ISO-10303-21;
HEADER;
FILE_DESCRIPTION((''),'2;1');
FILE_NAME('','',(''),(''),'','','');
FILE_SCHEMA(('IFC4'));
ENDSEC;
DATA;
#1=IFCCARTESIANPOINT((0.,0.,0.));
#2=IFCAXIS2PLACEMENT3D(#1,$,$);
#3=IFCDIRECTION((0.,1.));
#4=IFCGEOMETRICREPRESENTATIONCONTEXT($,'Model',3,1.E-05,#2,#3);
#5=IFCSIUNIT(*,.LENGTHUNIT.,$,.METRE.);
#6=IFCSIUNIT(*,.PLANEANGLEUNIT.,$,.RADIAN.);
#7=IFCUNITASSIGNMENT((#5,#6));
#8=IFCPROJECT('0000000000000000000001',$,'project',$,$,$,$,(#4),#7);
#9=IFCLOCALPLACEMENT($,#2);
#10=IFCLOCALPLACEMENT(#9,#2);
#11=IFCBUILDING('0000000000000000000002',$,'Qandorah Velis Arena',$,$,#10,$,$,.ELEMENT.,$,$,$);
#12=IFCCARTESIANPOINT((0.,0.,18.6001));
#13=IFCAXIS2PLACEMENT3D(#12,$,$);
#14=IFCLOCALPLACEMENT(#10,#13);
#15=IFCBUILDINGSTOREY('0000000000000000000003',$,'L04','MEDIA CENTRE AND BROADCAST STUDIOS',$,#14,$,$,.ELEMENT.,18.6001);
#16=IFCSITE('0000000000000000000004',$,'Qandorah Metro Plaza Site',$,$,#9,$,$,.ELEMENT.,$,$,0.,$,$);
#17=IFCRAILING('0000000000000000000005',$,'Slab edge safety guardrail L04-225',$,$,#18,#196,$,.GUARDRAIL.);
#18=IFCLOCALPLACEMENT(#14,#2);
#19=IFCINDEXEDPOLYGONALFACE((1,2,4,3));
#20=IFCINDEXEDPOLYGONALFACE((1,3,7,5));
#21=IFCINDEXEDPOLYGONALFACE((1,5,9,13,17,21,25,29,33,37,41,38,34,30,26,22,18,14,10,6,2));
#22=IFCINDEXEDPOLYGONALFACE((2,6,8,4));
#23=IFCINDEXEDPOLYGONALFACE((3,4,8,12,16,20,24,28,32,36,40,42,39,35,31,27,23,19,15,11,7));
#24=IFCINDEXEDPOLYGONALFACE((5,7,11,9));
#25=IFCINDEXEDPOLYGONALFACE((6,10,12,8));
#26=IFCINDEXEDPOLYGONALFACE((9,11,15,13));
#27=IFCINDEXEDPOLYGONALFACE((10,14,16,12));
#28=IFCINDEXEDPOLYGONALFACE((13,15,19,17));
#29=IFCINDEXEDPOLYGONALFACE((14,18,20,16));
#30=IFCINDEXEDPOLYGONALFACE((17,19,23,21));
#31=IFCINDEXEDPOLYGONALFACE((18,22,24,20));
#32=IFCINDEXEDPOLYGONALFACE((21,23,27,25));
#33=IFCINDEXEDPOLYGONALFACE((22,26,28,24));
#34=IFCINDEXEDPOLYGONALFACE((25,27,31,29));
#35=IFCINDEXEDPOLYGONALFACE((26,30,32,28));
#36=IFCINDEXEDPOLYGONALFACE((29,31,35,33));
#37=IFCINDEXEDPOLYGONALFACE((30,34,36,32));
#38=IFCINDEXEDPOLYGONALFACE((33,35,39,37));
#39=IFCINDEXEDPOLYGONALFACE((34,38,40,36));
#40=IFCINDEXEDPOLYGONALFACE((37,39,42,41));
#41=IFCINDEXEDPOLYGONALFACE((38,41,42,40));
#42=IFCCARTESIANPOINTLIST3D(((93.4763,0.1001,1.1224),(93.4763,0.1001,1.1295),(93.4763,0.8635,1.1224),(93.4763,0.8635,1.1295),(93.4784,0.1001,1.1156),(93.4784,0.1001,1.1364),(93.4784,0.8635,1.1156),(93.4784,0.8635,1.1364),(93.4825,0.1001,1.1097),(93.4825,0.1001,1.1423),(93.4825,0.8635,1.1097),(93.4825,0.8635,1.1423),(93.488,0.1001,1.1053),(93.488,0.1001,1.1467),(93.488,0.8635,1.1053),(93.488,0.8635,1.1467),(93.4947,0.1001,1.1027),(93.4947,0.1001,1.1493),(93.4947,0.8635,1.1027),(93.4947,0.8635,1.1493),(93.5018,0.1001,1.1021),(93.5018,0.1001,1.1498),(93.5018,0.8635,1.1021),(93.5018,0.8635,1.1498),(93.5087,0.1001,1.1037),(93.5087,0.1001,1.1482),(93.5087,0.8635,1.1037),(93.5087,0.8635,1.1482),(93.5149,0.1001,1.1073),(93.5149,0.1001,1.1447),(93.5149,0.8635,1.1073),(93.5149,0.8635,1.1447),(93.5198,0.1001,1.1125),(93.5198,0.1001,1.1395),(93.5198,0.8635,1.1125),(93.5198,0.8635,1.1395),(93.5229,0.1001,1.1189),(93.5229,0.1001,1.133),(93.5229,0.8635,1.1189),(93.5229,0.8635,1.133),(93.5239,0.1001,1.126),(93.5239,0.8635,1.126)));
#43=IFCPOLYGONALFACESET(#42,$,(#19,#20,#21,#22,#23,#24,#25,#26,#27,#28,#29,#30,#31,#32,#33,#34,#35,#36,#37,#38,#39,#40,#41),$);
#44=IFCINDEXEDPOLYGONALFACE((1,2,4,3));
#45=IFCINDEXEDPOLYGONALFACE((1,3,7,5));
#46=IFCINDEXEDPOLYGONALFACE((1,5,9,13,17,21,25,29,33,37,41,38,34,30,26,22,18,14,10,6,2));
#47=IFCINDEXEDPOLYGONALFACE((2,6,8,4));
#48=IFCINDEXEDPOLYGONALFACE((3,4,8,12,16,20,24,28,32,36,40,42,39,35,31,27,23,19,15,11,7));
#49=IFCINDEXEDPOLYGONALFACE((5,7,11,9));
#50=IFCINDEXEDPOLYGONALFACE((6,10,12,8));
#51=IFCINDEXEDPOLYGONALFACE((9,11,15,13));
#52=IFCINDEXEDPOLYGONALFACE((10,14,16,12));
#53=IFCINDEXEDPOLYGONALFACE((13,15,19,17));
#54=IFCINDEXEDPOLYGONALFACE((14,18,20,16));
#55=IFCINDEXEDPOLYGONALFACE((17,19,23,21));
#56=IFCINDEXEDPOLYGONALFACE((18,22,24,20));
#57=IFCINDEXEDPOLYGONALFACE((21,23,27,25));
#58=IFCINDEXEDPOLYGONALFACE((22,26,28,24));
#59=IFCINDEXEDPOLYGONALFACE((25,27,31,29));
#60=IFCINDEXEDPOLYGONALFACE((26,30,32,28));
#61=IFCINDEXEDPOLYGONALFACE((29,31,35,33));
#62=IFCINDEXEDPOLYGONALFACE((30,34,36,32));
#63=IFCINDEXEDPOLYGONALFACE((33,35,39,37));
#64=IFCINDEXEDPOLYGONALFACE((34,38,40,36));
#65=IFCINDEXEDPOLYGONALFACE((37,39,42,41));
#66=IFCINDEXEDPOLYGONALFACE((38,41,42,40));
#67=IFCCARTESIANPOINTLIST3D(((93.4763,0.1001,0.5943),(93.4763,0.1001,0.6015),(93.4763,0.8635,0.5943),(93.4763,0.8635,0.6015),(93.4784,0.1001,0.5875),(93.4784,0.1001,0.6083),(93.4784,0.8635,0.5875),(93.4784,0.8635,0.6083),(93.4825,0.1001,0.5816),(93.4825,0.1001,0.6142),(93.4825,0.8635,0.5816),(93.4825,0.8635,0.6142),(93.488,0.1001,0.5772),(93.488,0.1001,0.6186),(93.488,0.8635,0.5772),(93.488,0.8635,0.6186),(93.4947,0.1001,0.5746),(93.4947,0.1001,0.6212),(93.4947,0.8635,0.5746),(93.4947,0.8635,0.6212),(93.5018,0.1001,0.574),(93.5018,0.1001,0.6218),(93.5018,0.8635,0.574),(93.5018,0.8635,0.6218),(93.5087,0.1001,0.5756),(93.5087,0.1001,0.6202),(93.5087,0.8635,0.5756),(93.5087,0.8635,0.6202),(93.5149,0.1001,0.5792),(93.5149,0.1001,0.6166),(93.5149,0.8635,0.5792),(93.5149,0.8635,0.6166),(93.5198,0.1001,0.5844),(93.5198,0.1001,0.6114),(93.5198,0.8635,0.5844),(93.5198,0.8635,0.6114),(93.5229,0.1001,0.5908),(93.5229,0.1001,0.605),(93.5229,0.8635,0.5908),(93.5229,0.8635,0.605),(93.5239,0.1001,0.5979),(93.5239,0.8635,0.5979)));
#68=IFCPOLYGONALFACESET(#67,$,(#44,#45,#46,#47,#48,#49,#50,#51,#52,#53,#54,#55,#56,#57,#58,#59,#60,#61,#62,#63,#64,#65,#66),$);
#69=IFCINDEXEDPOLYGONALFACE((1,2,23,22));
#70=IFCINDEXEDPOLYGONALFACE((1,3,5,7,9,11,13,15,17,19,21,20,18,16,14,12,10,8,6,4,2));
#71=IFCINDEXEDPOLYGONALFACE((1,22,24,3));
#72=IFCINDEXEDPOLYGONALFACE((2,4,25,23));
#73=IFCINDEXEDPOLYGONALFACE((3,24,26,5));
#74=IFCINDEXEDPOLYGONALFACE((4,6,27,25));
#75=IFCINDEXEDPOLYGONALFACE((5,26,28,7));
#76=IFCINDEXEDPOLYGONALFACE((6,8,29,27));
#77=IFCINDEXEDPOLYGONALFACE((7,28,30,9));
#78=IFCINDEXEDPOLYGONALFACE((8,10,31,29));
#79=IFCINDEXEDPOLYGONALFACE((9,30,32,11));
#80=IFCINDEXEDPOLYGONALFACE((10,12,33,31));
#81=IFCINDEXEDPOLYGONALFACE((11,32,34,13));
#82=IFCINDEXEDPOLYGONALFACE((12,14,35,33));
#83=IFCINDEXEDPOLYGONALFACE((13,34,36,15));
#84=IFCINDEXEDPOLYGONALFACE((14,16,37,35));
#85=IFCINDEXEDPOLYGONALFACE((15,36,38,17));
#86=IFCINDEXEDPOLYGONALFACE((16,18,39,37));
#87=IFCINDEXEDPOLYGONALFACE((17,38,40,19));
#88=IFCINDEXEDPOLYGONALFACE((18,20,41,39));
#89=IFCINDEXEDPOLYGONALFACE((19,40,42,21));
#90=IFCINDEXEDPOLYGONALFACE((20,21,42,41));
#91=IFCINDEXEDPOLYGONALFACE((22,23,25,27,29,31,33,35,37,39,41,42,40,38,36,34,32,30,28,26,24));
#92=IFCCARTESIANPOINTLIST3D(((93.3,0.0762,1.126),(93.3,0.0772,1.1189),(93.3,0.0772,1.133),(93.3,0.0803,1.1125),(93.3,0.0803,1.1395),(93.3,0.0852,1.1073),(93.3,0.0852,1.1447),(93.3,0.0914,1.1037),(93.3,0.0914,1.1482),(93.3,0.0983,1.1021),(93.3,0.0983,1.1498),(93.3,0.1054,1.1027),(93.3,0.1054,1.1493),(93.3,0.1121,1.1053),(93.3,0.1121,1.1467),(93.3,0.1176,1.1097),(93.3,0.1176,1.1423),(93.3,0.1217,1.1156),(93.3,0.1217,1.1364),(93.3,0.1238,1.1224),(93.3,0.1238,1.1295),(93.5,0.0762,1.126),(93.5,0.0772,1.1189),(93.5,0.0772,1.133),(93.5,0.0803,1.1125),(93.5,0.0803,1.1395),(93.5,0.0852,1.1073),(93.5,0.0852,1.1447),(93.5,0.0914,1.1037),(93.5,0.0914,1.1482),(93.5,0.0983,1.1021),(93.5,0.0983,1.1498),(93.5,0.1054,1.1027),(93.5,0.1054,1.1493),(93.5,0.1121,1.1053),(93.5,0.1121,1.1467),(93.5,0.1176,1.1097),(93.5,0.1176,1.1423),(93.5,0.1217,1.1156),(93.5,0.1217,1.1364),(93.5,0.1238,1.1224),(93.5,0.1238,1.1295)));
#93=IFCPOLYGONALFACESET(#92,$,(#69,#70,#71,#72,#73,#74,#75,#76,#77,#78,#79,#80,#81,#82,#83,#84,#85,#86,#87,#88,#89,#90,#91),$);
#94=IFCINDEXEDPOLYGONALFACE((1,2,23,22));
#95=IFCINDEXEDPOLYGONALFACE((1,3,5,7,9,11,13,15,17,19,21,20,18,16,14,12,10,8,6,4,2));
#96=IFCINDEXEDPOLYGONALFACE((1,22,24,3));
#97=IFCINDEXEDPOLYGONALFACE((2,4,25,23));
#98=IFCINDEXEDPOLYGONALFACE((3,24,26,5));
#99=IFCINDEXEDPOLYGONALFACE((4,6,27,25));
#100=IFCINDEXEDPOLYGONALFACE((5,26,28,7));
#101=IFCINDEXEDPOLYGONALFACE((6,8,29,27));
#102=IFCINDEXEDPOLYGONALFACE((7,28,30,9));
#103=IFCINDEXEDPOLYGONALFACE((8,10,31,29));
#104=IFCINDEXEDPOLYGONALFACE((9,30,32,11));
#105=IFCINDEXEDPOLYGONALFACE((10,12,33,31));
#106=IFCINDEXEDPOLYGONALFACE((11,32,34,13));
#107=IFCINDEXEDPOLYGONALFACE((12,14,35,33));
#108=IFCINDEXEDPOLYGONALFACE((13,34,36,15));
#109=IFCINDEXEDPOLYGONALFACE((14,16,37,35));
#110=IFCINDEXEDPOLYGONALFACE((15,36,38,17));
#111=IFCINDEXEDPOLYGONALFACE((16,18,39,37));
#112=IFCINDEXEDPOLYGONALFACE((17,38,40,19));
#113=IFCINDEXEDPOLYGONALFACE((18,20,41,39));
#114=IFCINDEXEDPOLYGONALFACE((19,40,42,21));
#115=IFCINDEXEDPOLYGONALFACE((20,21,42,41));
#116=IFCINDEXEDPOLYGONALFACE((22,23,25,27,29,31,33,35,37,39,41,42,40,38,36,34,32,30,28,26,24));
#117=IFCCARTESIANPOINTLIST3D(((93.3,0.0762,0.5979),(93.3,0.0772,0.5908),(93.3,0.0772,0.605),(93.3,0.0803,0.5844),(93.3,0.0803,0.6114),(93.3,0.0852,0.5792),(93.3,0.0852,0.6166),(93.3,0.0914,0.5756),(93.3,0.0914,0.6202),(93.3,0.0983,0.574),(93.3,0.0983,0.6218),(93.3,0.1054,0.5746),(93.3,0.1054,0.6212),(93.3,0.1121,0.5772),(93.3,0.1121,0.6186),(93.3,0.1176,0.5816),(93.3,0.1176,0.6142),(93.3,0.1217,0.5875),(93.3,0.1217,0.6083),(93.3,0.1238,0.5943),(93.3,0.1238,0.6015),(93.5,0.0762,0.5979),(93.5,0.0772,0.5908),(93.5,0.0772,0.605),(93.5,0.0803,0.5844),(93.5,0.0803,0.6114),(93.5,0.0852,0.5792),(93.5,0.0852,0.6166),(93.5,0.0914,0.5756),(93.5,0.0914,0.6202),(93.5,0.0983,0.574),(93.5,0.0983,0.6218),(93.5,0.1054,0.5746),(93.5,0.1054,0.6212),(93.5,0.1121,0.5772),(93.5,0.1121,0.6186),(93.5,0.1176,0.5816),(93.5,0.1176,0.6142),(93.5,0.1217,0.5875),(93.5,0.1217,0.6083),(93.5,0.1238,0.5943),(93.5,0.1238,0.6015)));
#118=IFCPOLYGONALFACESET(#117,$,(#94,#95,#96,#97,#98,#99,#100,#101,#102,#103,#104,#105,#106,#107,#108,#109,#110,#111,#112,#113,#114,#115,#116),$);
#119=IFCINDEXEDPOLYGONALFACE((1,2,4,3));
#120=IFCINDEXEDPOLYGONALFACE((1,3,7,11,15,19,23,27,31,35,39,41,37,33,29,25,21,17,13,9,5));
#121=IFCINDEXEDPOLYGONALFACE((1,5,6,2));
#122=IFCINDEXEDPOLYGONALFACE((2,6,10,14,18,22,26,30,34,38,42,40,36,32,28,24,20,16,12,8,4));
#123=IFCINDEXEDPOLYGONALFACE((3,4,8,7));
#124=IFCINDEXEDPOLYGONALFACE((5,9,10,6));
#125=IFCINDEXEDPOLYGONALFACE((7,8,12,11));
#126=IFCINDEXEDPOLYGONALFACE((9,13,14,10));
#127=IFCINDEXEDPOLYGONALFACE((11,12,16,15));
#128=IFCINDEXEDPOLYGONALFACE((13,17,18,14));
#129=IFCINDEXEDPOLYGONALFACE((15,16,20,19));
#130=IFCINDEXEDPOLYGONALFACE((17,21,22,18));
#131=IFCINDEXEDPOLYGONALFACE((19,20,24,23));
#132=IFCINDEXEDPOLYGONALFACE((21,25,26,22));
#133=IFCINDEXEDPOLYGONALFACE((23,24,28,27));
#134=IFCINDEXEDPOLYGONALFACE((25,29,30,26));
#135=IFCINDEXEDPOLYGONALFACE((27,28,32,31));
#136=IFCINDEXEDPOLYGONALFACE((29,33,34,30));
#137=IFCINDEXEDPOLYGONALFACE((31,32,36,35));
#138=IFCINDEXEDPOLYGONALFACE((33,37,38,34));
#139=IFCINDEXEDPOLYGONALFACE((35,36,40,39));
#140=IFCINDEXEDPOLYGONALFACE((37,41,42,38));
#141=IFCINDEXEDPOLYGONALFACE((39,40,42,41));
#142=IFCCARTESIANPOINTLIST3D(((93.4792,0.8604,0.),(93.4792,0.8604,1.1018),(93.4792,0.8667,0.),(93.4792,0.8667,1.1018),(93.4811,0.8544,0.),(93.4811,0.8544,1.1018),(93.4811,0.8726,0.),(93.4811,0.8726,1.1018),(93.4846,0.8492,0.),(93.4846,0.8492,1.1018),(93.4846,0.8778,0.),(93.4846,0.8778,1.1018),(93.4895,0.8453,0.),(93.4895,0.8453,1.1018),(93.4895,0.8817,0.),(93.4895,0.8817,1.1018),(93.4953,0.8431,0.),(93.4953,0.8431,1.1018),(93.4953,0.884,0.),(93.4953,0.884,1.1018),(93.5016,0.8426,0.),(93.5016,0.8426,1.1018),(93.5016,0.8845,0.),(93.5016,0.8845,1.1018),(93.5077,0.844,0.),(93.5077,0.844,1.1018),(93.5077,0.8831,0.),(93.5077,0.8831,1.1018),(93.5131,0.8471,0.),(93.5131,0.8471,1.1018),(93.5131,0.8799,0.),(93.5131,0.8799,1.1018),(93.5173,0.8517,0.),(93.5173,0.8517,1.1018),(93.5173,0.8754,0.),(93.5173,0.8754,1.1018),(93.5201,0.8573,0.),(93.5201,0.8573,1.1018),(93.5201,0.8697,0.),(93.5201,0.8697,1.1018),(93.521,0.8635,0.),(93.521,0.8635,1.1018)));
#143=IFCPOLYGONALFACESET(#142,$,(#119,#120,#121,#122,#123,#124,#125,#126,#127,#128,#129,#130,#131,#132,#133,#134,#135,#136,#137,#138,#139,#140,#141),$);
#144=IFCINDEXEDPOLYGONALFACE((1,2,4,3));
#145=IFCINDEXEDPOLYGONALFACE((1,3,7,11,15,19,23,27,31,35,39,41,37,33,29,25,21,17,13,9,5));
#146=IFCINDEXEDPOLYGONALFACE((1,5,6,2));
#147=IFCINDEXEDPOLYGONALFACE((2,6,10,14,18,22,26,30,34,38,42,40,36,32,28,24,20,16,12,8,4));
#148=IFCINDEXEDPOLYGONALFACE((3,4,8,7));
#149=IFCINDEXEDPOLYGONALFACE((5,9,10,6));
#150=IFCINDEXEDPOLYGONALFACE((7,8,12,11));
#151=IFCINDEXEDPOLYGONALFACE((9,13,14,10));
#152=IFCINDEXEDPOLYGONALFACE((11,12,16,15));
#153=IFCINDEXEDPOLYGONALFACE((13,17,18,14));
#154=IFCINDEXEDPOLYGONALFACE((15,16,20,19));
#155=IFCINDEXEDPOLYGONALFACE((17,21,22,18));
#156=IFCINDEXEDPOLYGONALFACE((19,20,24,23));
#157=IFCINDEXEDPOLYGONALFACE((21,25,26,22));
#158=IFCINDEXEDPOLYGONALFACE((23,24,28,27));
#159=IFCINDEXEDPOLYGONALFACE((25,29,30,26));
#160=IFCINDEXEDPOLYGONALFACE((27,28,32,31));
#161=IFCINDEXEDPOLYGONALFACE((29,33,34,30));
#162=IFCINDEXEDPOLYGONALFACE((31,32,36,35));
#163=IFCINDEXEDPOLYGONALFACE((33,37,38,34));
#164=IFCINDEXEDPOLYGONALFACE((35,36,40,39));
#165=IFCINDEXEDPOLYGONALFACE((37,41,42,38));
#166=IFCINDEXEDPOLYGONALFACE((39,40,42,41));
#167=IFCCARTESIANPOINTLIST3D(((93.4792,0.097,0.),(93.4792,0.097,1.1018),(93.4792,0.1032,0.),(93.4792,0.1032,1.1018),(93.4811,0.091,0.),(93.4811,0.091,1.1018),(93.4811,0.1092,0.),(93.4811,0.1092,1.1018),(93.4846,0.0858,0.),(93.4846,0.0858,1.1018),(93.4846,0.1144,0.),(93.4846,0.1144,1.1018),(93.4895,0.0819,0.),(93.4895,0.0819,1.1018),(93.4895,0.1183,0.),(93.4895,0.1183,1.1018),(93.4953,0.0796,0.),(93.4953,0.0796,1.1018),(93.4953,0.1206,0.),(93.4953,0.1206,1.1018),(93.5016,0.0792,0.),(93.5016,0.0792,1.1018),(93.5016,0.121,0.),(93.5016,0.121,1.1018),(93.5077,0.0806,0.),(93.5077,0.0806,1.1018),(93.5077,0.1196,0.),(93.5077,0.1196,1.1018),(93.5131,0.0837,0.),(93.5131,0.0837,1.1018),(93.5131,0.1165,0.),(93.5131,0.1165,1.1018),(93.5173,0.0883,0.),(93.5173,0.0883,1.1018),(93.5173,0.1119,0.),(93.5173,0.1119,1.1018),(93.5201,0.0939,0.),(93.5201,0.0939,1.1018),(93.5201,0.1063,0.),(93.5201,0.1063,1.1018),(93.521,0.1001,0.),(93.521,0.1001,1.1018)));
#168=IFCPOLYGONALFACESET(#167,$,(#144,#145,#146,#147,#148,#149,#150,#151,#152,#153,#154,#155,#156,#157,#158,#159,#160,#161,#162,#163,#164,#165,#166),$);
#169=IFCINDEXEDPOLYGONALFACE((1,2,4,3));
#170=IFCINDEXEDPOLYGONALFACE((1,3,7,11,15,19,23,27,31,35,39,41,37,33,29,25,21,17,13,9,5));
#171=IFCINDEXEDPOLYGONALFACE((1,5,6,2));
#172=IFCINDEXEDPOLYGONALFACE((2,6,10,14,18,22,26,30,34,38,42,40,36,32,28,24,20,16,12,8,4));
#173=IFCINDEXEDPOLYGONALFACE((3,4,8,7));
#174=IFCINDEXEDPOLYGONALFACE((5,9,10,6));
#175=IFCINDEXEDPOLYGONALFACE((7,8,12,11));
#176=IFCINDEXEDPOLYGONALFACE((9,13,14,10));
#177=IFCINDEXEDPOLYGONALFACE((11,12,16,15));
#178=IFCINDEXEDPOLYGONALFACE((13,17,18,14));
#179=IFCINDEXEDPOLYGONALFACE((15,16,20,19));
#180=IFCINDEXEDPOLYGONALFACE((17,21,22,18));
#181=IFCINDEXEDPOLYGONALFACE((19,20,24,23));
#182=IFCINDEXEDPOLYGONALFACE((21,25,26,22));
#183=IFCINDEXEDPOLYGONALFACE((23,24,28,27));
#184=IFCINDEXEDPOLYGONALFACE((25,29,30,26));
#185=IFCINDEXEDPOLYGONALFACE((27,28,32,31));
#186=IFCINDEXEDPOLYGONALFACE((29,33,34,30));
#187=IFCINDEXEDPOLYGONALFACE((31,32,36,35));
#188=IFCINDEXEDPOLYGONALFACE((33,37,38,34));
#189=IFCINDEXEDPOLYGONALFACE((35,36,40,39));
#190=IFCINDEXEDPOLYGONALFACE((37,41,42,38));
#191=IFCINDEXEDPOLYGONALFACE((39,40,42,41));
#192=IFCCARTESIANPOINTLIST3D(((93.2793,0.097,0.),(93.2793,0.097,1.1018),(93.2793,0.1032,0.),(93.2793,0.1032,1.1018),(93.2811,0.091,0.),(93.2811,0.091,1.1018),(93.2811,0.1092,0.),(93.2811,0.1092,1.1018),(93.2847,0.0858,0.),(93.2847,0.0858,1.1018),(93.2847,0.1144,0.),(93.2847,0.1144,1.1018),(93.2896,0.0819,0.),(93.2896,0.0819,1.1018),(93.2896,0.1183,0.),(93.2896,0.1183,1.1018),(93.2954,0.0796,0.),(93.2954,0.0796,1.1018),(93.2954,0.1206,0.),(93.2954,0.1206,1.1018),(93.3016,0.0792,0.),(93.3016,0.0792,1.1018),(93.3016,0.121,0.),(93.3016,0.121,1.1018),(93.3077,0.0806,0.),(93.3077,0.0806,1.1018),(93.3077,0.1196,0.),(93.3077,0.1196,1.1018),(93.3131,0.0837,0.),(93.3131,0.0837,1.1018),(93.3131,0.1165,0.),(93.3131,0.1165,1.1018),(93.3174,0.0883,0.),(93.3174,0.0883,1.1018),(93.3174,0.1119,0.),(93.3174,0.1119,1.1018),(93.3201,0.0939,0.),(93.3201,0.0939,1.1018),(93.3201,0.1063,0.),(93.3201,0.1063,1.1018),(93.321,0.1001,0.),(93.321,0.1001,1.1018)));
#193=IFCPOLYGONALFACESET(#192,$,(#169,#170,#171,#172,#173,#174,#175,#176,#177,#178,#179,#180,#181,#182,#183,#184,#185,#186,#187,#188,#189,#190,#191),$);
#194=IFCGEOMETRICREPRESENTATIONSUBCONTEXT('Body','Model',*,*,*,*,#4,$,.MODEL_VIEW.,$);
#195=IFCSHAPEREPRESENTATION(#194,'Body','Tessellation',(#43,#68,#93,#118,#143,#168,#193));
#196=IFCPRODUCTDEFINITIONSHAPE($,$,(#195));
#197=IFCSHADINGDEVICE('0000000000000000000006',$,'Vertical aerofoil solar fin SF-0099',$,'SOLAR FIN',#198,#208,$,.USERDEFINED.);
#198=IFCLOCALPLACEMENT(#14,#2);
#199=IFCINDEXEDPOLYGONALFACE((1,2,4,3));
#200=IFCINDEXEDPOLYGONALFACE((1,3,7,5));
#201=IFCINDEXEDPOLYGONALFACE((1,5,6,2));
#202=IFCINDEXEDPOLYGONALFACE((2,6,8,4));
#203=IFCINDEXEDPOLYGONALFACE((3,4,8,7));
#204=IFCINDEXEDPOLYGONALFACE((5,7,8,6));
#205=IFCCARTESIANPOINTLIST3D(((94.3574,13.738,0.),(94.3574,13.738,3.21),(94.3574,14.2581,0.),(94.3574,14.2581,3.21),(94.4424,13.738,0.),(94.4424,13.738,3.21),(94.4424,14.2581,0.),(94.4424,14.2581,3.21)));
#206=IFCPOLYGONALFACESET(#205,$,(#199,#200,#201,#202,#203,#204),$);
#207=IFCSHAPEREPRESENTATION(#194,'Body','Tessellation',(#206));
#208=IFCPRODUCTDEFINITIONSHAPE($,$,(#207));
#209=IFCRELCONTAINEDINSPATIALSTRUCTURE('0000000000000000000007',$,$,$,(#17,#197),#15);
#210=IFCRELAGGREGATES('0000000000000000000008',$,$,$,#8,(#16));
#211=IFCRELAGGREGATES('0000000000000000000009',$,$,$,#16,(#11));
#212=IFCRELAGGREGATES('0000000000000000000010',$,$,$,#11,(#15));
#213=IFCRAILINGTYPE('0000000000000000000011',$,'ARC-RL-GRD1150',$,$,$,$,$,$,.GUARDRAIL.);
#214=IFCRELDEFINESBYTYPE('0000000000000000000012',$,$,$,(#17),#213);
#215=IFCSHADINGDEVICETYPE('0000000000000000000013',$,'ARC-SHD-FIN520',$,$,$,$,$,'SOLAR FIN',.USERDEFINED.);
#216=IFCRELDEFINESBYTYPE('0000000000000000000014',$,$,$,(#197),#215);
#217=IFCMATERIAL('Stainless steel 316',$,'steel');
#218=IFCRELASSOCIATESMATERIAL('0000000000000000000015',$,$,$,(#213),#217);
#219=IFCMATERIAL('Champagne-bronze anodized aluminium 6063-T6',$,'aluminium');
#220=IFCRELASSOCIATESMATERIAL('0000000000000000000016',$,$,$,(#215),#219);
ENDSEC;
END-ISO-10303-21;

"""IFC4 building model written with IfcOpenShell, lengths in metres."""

from ifc_helpers import new_model, si_unit, direction, frame, origin, origin_2d, place, context, subcontext, project, spatial, rectangle, circle, extrude, material, type_object, element, save


model = new_model("IFC4")

# Units and contexts
model_context = context("Model", 3, precision=1e-05, world=origin(), true_north=direction((0.0, 1.0)))
body_context = subcontext(model_context, "Body", "Model", "MODEL_VIEW")
ifc_project = project(units=[si_unit("LENGTHUNIT", "METRE"), si_unit("PLANEANGLEUNIT", "RADIAN")], contexts=[model_context])

# Site, building, storey
site_placement = place(None, origin())
site = spatial("IfcSite", under=ifc_project, at=site_placement, Name="Qandorah Metro Plaza Site", CompositionType="ELEMENT", RefElevation=0.0)
building_placement = place(site_placement, origin())
building = spatial("IfcBuilding", under=site, at=building_placement, Name="Qandorah Velis Arena", CompositionType="ELEMENT")
storey_placement = place(building_placement, frame((0.0, 0.0, 18.6001)))
storey = spatial("IfcBuildingStorey", under=building, at=storey_placement, Name="L04", Description="MEDIA CENTRE AND BROADCAST STUDIOS", CompositionType="ELEMENT", Elevation=18.6001)

# Shared definitions
ifc_material_1 = material(Name="Champagne-bronze anodized aluminium 6063-T6", Category="aluminium")

# Railing
ifc_material_2 = material(Name="Stainless steel 316", Category="steel")
railing_type = type_object("IfcRailingType", Name="ARC-RL-GRD1150", PredefinedType="GUARDRAIL", material=ifc_material_2)
railing_placement = place(storey_placement, frame((93.5, 0.8635, 0.0)))
element("IfcRailing", 1, at=railing_placement, inside=storey, type_object=railing_type, Name="Slab edge safety guardrail L04-225", PredefinedType="GUARDRAIL", context=body_context, shape_type="SweptSolid", body=[
    extrude(circle(Radius=0.0239, at=origin_2d()), frame((0.0, 0.0, 1.126), z_axis=(0.0, -1.0, 0.0), x_axis=(1.0, 0.0, 0.0)), (0.0, 0.0, 1.0), 0.7634),
    extrude(circle(Radius=0.0239, at=origin_2d()), frame((0.0, 0.0, 0.5979), z_axis=(0.0, -1.0, 0.0), x_axis=(1.0, 0.0, 0.0)), (0.0, 0.0, 1.0), 0.7634),
    extrude(circle(Radius=0.0239, at=origin_2d()), frame((0.0, -0.7634, 1.126), z_axis=(-1.0, 0.0, 0.0), x_axis=(0.0, -1.0, 0.0)), (0.0, 0.0, 1.0), 0.2),
    extrude(circle(Radius=0.0239, at=origin_2d()), frame((0.0, -0.7634, 0.5979), z_axis=(-1.0, 0.0, 0.0), x_axis=(0.0, -1.0, 0.0)), (0.0, 0.0, 1.0), 0.2),
    extrude(circle(Radius=0.021, at=origin_2d()), origin(), (0.0, 0.0, 1.0), 1.1018),
    extrude(circle(Radius=0.021, at=origin_2d()), frame((0.0, -0.7634, 0.0)), (0.0, 0.0, 1.0), 1.1018),
    extrude(circle(Radius=0.021, at=origin_2d()), frame((-0.2, -0.7634, 0.0)), (0.0, 0.0, 1.0), 1.1018),
])

# Shading device
shading_device_type = type_object("IfcShadingDeviceType", Name="ARC-SHD-FIN520", ElementType="SOLAR FIN", PredefinedType="USERDEFINED", material=ifc_material_1)
for number, where, z_axis, x_axis, name in (
    (2, (94.3999, 13.998, 0.0), (0.0, 0.0, 1.0), (1.0, 0.0, 0.0), "Vertical aerofoil solar fin SF-0099"),
):
    element("IfcShadingDevice", number, at=place(storey_placement, frame(where, z_axis=z_axis, x_axis=x_axis)), inside=storey, type_object=shading_device_type, Name=name, ObjectType="SOLAR FIN", PredefinedType="USERDEFINED", context=body_context, shape_type="SweptSolid", body=[
        extrude(rectangle(XDim=0.085, YDim=0.52, at=origin_2d()), origin(), (0.0, 0.0, 1.0), 3.21),
    ])

save(model, "model.ifc")
